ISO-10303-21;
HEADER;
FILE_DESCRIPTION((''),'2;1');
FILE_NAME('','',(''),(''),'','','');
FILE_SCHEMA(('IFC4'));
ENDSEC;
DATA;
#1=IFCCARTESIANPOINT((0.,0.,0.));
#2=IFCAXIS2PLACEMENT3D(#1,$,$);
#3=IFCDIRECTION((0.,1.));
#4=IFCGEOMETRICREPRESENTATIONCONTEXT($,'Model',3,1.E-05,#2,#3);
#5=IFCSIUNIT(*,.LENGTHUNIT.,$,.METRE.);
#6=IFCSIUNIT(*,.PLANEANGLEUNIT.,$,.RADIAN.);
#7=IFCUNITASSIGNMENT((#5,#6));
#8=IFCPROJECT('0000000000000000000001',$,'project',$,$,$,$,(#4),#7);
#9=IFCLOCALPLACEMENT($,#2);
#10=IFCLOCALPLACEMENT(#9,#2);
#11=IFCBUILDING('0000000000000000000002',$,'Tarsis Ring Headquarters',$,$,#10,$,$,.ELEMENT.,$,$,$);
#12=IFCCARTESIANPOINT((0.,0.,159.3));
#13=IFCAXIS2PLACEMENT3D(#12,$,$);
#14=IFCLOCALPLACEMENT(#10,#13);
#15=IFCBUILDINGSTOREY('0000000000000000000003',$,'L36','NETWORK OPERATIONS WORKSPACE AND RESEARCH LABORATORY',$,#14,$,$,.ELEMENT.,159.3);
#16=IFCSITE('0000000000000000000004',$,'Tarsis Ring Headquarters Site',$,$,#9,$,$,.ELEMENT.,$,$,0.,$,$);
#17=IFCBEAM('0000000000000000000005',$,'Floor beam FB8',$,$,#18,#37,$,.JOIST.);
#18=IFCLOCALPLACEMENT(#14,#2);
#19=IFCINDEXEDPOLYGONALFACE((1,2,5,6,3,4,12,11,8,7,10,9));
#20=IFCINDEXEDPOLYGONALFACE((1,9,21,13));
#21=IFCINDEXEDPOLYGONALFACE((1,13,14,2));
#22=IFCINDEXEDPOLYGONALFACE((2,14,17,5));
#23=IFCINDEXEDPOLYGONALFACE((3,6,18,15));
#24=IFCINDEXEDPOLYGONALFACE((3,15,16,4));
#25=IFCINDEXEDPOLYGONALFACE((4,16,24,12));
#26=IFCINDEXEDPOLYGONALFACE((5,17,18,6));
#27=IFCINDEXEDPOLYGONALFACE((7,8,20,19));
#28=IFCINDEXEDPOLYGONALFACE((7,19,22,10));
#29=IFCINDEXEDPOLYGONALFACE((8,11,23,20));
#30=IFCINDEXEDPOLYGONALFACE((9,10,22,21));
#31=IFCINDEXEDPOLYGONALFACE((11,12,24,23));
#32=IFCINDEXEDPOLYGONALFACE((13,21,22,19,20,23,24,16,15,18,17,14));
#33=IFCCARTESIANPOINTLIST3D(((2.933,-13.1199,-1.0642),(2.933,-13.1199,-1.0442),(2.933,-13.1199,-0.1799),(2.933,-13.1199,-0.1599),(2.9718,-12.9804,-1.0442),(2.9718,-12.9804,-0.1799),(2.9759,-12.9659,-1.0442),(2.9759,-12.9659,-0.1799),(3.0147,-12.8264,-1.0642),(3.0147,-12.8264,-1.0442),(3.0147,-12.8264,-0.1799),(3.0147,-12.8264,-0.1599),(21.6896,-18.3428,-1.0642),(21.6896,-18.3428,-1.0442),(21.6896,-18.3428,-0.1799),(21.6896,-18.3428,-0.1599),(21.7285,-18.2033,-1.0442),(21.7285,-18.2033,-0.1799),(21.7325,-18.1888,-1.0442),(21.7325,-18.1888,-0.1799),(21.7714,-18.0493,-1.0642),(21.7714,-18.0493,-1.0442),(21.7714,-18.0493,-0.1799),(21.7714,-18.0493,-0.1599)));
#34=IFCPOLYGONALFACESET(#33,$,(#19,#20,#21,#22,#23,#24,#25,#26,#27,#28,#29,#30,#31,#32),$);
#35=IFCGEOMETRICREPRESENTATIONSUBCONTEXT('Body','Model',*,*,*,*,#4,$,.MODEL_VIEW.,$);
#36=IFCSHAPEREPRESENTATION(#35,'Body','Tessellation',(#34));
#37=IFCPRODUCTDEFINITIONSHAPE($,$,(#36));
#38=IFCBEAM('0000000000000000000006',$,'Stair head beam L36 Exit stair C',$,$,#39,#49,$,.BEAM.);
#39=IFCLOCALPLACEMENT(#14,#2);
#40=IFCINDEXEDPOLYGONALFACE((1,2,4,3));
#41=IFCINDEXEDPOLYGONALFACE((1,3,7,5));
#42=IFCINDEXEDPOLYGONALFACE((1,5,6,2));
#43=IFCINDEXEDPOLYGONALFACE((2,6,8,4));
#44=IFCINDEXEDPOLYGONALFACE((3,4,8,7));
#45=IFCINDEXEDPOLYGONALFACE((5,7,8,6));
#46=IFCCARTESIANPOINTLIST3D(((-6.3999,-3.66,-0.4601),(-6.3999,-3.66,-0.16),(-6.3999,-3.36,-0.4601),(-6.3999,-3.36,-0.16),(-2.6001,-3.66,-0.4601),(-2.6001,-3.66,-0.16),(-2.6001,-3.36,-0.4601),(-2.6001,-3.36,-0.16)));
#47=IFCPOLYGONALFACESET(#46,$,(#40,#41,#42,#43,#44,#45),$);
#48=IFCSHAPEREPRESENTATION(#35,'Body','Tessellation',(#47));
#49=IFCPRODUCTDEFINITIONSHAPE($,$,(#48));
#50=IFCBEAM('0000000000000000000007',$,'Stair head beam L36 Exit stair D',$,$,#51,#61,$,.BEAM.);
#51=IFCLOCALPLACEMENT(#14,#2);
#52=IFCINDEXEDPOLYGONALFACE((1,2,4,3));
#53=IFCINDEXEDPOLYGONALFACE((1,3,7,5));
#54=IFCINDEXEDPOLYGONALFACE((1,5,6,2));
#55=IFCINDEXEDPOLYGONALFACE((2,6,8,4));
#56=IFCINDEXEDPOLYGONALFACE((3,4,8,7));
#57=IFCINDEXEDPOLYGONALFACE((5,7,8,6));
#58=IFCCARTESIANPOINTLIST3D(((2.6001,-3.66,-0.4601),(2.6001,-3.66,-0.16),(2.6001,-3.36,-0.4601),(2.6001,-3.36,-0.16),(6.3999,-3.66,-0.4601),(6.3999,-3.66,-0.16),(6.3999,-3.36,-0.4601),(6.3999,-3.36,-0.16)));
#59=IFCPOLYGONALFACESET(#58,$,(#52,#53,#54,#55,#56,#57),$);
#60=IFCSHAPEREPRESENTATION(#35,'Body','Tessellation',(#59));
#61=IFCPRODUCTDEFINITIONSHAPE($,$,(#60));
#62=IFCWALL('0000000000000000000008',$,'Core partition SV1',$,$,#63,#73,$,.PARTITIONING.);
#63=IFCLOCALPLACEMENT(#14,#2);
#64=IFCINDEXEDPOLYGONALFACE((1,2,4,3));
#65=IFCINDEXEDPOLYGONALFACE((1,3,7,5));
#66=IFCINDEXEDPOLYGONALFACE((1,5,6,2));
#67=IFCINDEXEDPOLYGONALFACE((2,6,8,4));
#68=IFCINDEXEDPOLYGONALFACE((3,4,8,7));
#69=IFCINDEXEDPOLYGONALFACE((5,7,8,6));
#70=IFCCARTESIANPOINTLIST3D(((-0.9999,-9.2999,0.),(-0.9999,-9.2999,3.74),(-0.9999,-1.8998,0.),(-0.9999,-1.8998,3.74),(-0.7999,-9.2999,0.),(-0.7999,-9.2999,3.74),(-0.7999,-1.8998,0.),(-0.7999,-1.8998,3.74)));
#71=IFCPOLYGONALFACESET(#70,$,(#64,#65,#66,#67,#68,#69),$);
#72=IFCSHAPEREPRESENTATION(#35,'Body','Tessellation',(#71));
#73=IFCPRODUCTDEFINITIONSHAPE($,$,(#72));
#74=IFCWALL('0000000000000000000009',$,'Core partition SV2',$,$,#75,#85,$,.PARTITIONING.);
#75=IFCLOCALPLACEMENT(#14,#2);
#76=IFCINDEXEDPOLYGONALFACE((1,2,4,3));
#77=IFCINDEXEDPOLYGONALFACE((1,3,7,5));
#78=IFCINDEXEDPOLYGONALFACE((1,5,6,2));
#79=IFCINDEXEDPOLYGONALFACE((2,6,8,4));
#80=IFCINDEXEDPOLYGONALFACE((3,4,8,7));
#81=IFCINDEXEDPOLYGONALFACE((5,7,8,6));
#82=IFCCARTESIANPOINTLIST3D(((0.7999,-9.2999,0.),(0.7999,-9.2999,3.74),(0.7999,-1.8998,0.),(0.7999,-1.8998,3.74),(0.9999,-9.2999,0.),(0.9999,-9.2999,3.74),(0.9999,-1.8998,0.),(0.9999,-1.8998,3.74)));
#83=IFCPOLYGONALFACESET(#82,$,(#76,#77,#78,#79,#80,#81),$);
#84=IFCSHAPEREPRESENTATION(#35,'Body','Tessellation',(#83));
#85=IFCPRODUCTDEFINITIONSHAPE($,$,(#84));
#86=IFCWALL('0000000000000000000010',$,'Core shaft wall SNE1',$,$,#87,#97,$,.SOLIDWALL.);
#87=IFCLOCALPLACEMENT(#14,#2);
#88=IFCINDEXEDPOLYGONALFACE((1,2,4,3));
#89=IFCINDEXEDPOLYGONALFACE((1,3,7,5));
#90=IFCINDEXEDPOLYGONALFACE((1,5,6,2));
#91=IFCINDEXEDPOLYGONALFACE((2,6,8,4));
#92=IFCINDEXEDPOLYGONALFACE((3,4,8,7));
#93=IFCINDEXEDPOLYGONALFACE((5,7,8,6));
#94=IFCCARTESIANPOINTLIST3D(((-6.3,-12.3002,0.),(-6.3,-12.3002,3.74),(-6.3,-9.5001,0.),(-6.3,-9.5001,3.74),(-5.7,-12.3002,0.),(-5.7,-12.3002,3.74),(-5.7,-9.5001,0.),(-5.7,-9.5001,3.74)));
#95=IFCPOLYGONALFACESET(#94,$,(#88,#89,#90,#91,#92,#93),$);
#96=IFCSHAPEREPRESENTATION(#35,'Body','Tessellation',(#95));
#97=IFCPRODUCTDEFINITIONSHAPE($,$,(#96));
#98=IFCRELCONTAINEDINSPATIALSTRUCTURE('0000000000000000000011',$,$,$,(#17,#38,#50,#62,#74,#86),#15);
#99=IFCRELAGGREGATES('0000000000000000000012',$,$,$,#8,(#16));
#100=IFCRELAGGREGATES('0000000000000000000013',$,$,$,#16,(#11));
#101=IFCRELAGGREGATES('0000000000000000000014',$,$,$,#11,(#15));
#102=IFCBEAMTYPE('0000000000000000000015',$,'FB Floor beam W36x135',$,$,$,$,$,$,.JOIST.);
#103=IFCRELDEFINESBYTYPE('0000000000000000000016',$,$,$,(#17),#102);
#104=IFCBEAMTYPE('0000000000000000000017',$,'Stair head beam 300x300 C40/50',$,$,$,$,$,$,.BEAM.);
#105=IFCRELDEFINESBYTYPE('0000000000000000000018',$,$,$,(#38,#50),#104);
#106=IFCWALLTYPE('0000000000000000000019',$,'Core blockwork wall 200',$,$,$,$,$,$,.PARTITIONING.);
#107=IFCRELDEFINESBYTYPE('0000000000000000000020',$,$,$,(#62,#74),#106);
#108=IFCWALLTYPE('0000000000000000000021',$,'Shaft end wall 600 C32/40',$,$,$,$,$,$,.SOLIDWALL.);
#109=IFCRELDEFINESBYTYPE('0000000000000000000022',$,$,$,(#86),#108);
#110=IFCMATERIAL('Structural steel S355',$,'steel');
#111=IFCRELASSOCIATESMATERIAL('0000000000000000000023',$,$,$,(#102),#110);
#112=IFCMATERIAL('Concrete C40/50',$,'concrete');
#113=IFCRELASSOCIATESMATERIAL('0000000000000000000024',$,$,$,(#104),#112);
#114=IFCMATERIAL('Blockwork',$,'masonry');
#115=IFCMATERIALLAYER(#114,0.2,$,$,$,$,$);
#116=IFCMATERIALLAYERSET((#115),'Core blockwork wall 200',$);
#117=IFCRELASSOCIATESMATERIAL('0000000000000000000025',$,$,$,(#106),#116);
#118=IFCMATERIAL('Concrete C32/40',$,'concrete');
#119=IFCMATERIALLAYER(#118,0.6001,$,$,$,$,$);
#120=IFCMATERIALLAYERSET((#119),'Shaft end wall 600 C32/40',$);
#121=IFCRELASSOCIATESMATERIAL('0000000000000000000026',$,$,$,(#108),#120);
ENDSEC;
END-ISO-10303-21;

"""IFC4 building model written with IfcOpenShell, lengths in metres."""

from ifc_helpers import new_model, si_unit, direction, frame, frame_2d, origin, origin_2d, place, context, subcontext, project, spatial, rectangle, i_section, extrude, material, layer, layer_set, material_profile, profile_set, type_object, element, save


model = new_model("IFC4")

# Units and contexts
model_context = context("Model", 3, precision=1e-05, world=origin(), true_north=direction((0.0, 1.0)))
body_context = subcontext(model_context, "Body", "Model", "MODEL_VIEW")
ifc_project = project(units=[si_unit("LENGTHUNIT", "METRE"), si_unit("PLANEANGLEUNIT", "RADIAN")], contexts=[model_context])

# Site, building, storey
site_placement = place(None, origin())
site = spatial("IfcSite", under=ifc_project, at=site_placement, Name="Tarsis Ring Headquarters Site", CompositionType="ELEMENT", RefElevation=0.0)
building_placement = place(site_placement, origin())
building = spatial("IfcBuilding", under=site, at=building_placement, Name="Tarsis Ring Headquarters", CompositionType="ELEMENT")
storey_placement = place(building_placement, frame((0.0, 0.0, 159.3)))
storey = spatial("IfcBuildingStorey", under=building, at=storey_placement, Name="L36", Description="NETWORK OPERATIONS WORKSPACE AND RESEARCH LABORATORY", CompositionType="ELEMENT", Elevation=159.3)

# Beams
ifc_material_1 = material(Name="Structural steel S355", Category="steel")
ifc_material_profile_1 = material_profile(ifc_material_1, i_section(OverallWidth=0.3047, OverallDepth=0.9043, WebThickness=0.0151, FlangeThickness=0.02, at=origin_2d()), Name="W36x135")
ifc_profile_set_1 = profile_set([ifc_material_profile_1], Name="Structural steel S355")
beam_type_1 = type_object("IfcBeamType", Name="FB Floor beam W36x135", PredefinedType="JOIST", material=ifc_profile_set_1)
beam_placement = place(storey_placement, frame((2.9739, -12.9731, -0.6121), z_axis=(0.963349, -0.268251, 0.0), x_axis=(0.268251, 0.963349, 0.0)))
element("IfcBeam", 1, at=beam_placement, inside=storey, type_object=beam_type_1, Name="Floor beam FB8", PredefinedType="JOIST", context=body_context, shape_type="SweptSolid", body=[
    extrude(i_section(OverallWidth=0.3047, OverallDepth=0.9043, WebThickness=0.0151, FlangeThickness=0.02, at=origin_2d()), origin(), (0.0, 0.0, 1.0), 19.4702),
])
ifc_material_2 = material(Name="Concrete C40/50", Category="concrete")
ifc_material_profile_2 = material_profile(ifc_material_2, rectangle(XDim=0.3, YDim=0.3, at=origin_2d()), Name="Stair head beam 300x300 C40/50")
ifc_profile_set_2 = profile_set([ifc_material_profile_2], Name="Concrete C40/50")
beam_type_2 = type_object("IfcBeamType", Name="Stair head beam 300x300 C40/50", PredefinedType="BEAM", material=ifc_profile_set_2)
for number, where, z_axis, x_axis, name in (
    (2, (-6.3999, -3.51, -0.3101), (1.0, 0.0, 0.0), (0.0, 1.0, 0.0), "Stair head beam L36 Exit stair C"),
    (3, (2.6001, -3.51, -0.3101), (1.0, 0.0, 0.0), (0.0, 1.0, 0.0), "Stair head beam L36 Exit stair D"),
):
    element("IfcBeam", number, at=place(storey_placement, frame(where, z_axis=z_axis, x_axis=x_axis)), inside=storey, type_object=beam_type_2, Name=name, PredefinedType="BEAM", context=body_context, shape_type="SweptSolid", body=[
        extrude(rectangle(XDim=0.3, YDim=0.3, at=origin_2d()), origin(), (0.0, 0.0, 1.0), 3.7998),
    ])

# Walls
ifc_material_3 = material(Name="Blockwork", Category="masonry")
ifc_layer_1 = layer(ifc_material_3, 0.2)
ifc_layer_set_1 = layer_set([ifc_layer_1], Name="Core blockwork wall 200")
wall_type_1 = type_object("IfcWallType", Name="Core blockwork wall 200", PredefinedType="PARTITIONING", material=ifc_layer_set_1)
for number, where, z_axis, x_axis, name in (
    (4, (-0.8999, -9.3, 0.0), (0.0, 0.0, 1.0), (0.0, 1.0, 0.0), "Core partition SV1"),
    (5, (0.8999, -9.3, 0.0), (0.0, 0.0, 1.0), (0.0, 1.0, 0.0), "Core partition SV2"),
):
    element("IfcWall", number, at=place(storey_placement, frame(where, z_axis=z_axis, x_axis=x_axis)), inside=storey, type_object=wall_type_1, Name=name, PredefinedType="PARTITIONING", context=body_context, shape_type="SweptSolid", body=[
        extrude(rectangle(XDim=7.4001, YDim=0.2, at=frame_2d((3.7002, 0.0))), origin(), (0.0, 0.0, 1.0), 3.74),
    ])
ifc_material_4 = material(Name="Concrete C32/40", Category="concrete")
ifc_layer_2 = layer(ifc_material_4, 0.6001)
ifc_layer_set_2 = layer_set([ifc_layer_2], Name="Shaft end wall 600 C32/40")
wall_type_2 = type_object("IfcWallType", Name="Shaft end wall 600 C32/40", PredefinedType="SOLIDWALL", material=ifc_layer_set_2)
wall_1_placement = place(storey_placement, frame((-6.0, -12.3, 0.0), z_axis=(0.0, 0.0, 1.0), x_axis=(0.0, 1.0, 0.0)))
element("IfcWall", 6, at=wall_1_placement, inside=storey, type_object=wall_type_2, Name="Core shaft wall SNE1", PredefinedType="SOLIDWALL", context=body_context, shape_type="SweptSolid", body=[
    extrude(rectangle(XDim=2.8, YDim=0.6001, at=frame_2d((1.3999, 0.0))), origin(), (0.0, 0.0, 1.0), 3.74),
])

save(model, "model.ifc")
